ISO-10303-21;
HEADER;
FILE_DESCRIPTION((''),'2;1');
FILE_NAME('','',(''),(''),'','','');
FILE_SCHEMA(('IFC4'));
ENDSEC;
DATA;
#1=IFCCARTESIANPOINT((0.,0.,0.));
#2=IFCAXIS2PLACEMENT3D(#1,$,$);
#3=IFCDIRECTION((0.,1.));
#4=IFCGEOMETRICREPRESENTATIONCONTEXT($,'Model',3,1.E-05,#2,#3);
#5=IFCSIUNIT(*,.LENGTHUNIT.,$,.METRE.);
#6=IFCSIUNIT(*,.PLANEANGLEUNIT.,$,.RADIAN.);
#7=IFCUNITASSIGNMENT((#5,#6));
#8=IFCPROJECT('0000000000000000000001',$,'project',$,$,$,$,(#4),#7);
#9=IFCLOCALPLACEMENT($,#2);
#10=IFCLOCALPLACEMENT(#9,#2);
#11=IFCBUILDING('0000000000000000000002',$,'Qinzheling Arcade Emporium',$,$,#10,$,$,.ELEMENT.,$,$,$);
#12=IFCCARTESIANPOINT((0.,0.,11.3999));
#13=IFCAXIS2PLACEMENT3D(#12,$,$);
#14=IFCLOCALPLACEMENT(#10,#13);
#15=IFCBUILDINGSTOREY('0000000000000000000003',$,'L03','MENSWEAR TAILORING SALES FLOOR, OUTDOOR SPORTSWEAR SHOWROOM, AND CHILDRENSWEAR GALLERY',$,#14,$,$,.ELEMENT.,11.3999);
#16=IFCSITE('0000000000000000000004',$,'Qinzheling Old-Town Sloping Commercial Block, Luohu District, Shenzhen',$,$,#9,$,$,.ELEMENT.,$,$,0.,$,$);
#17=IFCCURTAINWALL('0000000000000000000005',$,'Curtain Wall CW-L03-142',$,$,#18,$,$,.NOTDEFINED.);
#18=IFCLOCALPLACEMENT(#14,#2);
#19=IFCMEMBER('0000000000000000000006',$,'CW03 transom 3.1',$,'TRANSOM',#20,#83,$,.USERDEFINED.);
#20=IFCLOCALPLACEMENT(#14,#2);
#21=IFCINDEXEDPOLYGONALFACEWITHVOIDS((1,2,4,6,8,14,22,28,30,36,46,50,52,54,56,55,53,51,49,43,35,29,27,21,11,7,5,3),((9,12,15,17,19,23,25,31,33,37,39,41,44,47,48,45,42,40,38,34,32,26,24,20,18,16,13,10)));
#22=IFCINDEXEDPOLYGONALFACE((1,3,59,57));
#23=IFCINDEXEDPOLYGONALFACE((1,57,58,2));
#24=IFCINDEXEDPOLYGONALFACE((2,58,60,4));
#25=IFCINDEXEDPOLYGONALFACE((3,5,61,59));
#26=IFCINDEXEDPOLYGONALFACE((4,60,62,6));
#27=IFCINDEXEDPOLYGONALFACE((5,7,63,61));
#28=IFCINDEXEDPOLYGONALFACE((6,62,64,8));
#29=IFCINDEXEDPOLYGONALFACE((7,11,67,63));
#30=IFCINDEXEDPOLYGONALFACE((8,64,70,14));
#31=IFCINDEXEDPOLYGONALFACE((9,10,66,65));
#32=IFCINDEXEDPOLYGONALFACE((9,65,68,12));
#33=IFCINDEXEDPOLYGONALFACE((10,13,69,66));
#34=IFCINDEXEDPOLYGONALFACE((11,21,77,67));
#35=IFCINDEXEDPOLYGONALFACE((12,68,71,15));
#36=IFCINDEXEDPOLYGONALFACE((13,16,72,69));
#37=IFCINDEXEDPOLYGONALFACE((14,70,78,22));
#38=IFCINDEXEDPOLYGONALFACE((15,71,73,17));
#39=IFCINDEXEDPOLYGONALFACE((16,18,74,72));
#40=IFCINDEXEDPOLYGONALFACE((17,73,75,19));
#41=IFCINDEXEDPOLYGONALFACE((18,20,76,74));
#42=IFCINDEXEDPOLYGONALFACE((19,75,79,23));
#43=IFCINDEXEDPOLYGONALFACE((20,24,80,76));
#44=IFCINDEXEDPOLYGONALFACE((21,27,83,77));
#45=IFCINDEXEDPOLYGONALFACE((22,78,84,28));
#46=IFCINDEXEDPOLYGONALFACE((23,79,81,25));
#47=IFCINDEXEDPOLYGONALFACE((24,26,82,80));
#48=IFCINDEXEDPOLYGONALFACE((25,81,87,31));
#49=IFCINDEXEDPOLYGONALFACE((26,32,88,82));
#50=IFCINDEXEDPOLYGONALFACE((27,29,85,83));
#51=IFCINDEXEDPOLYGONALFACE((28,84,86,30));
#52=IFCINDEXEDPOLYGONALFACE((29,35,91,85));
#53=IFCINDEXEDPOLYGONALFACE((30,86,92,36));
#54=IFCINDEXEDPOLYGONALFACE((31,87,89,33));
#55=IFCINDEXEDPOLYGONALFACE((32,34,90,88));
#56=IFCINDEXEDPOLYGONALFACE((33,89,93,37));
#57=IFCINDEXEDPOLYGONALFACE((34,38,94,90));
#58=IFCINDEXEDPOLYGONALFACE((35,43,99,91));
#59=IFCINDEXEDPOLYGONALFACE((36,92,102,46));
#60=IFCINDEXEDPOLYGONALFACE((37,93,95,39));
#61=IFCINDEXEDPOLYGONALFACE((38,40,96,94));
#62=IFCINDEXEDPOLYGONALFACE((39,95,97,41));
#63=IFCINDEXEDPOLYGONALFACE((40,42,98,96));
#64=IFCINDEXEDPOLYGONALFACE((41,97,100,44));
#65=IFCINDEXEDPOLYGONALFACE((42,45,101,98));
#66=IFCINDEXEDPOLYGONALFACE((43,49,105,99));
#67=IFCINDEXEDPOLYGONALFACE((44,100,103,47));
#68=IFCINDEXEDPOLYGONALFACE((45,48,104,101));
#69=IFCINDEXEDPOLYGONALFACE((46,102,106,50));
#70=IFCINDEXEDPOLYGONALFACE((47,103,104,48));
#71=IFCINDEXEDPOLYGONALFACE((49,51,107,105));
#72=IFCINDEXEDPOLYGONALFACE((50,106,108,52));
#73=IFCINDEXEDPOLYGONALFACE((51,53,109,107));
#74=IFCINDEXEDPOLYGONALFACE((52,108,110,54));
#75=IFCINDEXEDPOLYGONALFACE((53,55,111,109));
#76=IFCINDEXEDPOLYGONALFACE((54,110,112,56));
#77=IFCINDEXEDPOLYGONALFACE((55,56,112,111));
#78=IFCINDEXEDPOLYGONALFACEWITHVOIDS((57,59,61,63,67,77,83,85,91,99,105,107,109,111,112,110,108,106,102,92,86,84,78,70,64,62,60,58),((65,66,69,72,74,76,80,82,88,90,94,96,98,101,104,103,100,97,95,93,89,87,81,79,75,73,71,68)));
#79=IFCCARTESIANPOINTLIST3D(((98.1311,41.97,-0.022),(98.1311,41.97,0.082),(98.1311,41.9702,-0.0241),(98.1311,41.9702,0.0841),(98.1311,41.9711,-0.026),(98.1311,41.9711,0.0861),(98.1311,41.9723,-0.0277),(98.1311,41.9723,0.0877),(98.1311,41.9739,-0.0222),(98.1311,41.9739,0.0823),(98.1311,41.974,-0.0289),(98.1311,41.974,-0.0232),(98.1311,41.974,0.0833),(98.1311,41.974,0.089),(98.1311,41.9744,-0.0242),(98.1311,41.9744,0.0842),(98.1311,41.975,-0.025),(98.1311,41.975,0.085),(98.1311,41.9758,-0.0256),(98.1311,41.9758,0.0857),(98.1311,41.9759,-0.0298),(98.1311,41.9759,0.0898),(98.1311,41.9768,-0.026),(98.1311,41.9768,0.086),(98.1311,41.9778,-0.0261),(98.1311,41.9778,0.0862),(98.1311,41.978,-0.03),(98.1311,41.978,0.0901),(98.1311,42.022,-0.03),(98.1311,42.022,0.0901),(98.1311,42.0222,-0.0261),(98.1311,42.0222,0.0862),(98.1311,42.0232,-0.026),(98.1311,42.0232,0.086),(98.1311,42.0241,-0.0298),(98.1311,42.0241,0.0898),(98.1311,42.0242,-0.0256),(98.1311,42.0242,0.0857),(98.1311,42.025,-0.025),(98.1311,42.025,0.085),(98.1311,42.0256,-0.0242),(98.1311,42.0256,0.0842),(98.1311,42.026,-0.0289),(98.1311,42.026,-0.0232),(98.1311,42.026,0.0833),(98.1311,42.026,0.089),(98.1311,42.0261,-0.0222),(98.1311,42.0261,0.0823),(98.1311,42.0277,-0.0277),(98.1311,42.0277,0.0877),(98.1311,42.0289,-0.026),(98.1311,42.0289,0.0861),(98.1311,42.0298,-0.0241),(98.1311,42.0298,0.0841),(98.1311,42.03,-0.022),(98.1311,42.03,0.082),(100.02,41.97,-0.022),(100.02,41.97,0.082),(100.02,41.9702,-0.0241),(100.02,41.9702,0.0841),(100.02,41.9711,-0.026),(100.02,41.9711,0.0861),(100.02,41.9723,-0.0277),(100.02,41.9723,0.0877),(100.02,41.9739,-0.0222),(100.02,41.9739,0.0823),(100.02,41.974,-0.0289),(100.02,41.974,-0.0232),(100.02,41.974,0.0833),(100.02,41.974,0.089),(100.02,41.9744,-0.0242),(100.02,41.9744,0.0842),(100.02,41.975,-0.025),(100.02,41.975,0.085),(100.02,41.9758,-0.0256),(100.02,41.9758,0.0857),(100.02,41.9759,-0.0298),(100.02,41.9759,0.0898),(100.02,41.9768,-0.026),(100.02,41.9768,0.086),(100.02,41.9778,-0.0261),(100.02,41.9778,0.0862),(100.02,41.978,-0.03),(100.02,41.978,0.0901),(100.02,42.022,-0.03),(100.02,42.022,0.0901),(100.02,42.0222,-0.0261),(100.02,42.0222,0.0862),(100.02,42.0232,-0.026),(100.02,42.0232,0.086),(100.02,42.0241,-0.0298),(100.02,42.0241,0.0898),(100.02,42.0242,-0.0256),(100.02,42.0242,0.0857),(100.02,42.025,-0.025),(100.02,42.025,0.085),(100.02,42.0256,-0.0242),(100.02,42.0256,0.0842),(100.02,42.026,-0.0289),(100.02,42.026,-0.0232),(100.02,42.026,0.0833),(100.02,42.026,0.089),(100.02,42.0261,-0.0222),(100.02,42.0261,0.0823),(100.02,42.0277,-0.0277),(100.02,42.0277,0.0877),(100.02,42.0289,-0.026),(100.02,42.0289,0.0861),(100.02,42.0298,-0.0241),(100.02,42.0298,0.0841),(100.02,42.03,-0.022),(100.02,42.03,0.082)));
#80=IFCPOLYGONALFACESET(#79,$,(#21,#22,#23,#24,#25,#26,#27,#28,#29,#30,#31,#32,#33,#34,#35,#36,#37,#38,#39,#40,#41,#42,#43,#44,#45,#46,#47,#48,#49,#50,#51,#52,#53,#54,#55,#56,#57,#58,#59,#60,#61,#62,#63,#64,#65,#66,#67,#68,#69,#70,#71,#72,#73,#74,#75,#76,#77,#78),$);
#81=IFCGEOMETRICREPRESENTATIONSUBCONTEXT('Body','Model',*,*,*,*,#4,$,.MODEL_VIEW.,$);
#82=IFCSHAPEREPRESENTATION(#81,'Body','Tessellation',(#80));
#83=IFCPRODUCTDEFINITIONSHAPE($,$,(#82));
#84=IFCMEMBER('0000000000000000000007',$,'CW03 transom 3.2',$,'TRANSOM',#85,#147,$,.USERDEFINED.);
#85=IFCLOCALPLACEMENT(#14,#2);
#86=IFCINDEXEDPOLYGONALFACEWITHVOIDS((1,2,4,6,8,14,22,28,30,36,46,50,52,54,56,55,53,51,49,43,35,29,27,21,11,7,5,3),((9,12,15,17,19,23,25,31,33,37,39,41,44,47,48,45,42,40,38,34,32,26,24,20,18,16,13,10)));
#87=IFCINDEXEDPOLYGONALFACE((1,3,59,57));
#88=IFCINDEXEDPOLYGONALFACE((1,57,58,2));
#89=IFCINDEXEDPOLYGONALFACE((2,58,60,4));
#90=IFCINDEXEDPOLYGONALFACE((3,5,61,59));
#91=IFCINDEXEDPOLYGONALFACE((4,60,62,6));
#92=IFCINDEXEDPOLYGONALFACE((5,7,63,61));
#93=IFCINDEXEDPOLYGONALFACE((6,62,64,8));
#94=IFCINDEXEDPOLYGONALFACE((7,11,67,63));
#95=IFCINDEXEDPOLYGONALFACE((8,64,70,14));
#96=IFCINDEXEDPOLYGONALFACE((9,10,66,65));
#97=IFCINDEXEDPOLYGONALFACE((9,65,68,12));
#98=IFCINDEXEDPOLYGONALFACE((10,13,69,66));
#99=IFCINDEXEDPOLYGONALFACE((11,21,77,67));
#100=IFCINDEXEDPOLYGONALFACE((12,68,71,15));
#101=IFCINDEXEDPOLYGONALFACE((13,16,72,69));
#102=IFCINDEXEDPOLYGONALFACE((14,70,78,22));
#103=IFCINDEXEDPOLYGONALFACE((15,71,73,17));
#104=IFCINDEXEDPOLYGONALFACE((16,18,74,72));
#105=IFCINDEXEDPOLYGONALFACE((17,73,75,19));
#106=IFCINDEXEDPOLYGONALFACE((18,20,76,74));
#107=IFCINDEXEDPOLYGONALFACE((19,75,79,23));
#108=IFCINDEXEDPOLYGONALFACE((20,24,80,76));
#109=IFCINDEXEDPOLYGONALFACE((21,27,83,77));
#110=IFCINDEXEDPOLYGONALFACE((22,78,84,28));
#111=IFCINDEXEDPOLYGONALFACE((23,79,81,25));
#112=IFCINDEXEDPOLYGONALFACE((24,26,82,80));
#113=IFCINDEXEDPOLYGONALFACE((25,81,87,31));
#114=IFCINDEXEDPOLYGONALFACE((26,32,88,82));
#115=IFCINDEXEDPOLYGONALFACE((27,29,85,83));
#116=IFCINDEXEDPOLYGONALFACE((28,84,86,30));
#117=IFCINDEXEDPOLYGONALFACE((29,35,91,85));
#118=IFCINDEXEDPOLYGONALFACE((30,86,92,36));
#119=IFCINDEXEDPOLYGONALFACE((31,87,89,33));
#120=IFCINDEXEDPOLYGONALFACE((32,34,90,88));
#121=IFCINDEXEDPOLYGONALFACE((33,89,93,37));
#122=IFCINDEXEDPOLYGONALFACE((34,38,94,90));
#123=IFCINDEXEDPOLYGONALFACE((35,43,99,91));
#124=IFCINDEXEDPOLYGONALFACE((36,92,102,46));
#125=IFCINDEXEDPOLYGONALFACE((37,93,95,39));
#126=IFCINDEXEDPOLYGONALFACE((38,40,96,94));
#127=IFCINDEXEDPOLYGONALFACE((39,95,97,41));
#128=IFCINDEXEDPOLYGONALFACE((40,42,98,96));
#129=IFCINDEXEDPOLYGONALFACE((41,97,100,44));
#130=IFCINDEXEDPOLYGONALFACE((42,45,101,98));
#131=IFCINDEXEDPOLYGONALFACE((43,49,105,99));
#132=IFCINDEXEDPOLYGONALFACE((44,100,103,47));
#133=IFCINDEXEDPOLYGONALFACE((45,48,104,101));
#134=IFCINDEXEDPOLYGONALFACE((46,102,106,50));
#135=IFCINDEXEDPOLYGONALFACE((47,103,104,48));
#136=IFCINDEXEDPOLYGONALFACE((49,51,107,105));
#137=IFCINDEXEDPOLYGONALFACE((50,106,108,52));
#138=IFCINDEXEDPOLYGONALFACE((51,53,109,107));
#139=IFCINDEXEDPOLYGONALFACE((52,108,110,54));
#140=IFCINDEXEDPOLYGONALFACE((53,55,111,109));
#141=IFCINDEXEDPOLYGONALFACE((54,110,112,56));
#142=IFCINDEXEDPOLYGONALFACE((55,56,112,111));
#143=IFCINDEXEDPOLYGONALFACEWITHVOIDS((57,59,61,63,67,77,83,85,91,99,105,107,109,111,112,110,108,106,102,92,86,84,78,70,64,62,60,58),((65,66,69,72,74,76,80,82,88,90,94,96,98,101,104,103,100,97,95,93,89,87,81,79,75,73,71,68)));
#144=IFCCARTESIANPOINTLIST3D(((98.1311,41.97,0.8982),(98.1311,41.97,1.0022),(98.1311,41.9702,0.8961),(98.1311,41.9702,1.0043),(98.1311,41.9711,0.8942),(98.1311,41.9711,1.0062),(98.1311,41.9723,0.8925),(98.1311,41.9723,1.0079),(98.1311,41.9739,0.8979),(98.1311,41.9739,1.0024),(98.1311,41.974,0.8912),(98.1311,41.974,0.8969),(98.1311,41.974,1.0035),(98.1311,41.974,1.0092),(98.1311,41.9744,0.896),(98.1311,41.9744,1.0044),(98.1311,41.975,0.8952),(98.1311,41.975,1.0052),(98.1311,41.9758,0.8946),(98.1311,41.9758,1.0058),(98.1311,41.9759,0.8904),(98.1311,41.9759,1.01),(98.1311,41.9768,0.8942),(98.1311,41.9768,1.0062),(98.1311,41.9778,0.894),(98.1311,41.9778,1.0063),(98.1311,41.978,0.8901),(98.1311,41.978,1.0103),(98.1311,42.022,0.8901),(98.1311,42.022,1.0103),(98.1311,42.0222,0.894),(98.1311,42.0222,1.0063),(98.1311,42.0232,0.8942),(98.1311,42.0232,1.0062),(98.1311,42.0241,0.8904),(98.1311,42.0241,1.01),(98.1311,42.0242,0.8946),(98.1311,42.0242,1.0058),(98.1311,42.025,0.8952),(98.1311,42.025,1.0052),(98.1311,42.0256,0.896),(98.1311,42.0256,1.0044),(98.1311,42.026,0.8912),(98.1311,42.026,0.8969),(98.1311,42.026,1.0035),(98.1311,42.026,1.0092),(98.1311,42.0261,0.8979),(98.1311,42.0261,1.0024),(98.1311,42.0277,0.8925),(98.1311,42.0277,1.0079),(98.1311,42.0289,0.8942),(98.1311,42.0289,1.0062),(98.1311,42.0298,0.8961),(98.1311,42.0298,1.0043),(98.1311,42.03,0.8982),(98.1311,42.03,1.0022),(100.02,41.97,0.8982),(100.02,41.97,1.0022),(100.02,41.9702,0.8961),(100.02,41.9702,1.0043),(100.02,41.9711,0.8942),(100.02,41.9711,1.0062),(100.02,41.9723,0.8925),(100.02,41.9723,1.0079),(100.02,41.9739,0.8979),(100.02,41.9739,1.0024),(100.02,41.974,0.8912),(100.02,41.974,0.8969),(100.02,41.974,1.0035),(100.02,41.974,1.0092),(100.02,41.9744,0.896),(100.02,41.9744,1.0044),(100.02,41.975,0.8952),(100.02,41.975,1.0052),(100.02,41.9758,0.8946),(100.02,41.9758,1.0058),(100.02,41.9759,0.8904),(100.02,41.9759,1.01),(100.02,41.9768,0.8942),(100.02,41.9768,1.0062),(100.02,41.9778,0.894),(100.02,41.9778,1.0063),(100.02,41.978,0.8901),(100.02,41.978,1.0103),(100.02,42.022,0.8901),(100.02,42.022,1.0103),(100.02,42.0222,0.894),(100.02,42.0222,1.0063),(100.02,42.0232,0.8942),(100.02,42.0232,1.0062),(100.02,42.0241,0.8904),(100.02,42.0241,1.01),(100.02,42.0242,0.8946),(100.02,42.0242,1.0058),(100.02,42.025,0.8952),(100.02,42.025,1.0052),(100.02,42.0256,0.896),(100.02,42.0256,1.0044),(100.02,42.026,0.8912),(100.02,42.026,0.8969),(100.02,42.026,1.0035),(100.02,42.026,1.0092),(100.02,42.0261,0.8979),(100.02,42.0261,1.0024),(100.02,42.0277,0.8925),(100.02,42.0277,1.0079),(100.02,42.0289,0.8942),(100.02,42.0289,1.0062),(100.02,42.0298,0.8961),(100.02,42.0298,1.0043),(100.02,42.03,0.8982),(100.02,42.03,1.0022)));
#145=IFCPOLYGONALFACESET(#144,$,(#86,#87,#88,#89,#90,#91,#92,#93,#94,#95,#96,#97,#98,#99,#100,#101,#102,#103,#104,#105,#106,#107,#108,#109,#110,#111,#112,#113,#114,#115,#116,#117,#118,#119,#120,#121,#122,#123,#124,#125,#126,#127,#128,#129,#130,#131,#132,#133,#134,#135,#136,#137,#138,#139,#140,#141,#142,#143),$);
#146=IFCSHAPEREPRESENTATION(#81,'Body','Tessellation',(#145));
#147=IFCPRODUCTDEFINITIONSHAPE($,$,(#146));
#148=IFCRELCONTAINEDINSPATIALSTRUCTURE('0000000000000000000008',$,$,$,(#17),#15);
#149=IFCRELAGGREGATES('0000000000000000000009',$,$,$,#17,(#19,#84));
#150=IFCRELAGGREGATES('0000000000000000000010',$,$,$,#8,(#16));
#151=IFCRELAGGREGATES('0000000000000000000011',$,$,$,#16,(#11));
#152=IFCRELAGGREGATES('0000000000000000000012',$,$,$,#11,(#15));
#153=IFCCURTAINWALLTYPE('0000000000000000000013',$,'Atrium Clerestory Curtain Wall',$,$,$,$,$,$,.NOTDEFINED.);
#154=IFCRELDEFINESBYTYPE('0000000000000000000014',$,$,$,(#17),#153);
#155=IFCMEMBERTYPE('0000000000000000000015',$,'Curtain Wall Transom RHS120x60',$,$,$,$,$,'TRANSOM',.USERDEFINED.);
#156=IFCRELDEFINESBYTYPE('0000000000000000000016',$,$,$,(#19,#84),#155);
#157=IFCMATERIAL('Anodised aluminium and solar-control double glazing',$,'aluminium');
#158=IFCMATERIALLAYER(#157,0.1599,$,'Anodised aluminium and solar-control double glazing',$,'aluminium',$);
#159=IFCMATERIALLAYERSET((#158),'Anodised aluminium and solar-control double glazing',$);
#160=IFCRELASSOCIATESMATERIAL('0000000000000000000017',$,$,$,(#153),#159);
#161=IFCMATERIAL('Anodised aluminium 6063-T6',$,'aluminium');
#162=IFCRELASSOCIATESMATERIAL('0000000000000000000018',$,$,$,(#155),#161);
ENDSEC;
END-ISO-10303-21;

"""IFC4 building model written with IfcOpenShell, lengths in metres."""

from ifc_helpers import new_model, si_unit, direction, frame, origin, origin_2d, place, context, subcontext, project, spatial, hollow_rectangle, extrude, material, layer, layer_set, material_profile, profile_set, type_object, element, aggregate, save


model = new_model("IFC4")

# Units and contexts
model_context = context("Model", 3, precision=1e-05, world=origin(), true_north=direction((0.0, 1.0)))
body_context = subcontext(model_context, "Body", "Model", "MODEL_VIEW")
ifc_project = project(units=[si_unit("LENGTHUNIT", "METRE"), si_unit("PLANEANGLEUNIT", "RADIAN")], contexts=[model_context])

# Site, building, storey
site_placement = place(None, origin())
site = spatial("IfcSite", under=ifc_project, at=site_placement, Name="Qinzheling Old-Town Sloping Commercial Block, Luohu District, Shenzhen", CompositionType="ELEMENT", RefElevation=0.0)
building_placement = place(site_placement, origin())
building = spatial("IfcBuilding", under=site, at=building_placement, Name="Qinzheling Arcade Emporium", CompositionType="ELEMENT")
storey_placement = place(building_placement, frame((0.0, 0.0, 11.3999)))
storey = spatial("IfcBuildingStorey", under=building, at=storey_placement, Name="L03", Description="MENSWEAR TAILORING SALES FLOOR, OUTDOOR SPORTSWEAR SHOWROOM, AND CHILDRENSWEAR GALLERY", CompositionType="ELEMENT", Elevation=11.3999)

# Curtain wall, members
ifc_material_1 = material(Name="Anodised aluminium and solar-control double glazing", Category="aluminium")
ifc_layer_1 = layer(ifc_material_1, 0.1599, Name="Anodised aluminium and solar-control double glazing", Category="aluminium")
ifc_layer_set_1 = layer_set([ifc_layer_1], Name="Anodised aluminium and solar-control double glazing")
curtain_wall_type = type_object("IfcCurtainWallType", Name="Atrium Clerestory Curtain Wall", PredefinedType="NOTDEFINED", material=ifc_layer_set_1)
curtain_wall_placement = place(storey_placement, origin())
curtain_wall = element("IfcCurtainWall", 1, at=curtain_wall_placement, inside=storey, type_object=curtain_wall_type, Name="Curtain Wall CW-L03-142", PredefinedType="NOTDEFINED")
ifc_material_2 = material(Name="Anodised aluminium 6063-T6", Category="aluminium")
ifc_material_profile_1 = material_profile(ifc_material_2, hollow_rectangle(XDim=0.0601, YDim=0.1201, WallThickness=0.0039, InnerFilletRadius=0.0039, OuterFilletRadius=0.0081, at=origin_2d()), Name="RHS 120x60x4", Category="aluminium")
ifc_profile_set_1 = profile_set([ifc_material_profile_1], Name="Anodised aluminium 6063-T6")
member_type_1 = type_object("IfcMemberType", Name="Curtain Wall Transom RHS120x60", ElementType="TRANSOM", PredefinedType="USERDEFINED", material=ifc_profile_set_1)
member_1_placement = place(storey_placement, frame((100.02, 42.0, 0.03), z_axis=(-1.0, 0.0, 0.0), x_axis=(0.0, -1.0, 0.0)))
member_1 = element("IfcMember", 2, at=member_1_placement, type_object=member_type_1, Name="CW03 transom 3.1", ObjectType="TRANSOM", PredefinedType="USERDEFINED", context=body_context, shape_type="SweptSolid", body=[
    extrude(hollow_rectangle(XDim=0.0601, YDim=0.1201, WallThickness=0.0039, InnerFilletRadius=0.0039, OuterFilletRadius=0.0081, at=origin_2d()), origin(), (0.0, 0.0, 1.0), 1.8889),
])
member_2_placement = place(storey_placement, frame((100.02, 42.0, 0.9502), z_axis=(-1.0, 0.0, 0.0), x_axis=(0.0, -1.0, 0.0)))
member_2 = element("IfcMember", 3, at=member_2_placement, type_object=member_type_1, Name="CW03 transom 3.2", ObjectType="TRANSOM", PredefinedType="USERDEFINED", context=body_context, shape_type="SweptSolid", body=[
    extrude(hollow_rectangle(XDim=0.0601, YDim=0.1201, WallThickness=0.0039, InnerFilletRadius=0.0039, OuterFilletRadius=0.0081, at=origin_2d()), origin(), (0.0, 0.0, 1.0), 1.8889),
])

aggregate(curtain_wall, [member_1, member_2])

save(model, "model.ifc")
